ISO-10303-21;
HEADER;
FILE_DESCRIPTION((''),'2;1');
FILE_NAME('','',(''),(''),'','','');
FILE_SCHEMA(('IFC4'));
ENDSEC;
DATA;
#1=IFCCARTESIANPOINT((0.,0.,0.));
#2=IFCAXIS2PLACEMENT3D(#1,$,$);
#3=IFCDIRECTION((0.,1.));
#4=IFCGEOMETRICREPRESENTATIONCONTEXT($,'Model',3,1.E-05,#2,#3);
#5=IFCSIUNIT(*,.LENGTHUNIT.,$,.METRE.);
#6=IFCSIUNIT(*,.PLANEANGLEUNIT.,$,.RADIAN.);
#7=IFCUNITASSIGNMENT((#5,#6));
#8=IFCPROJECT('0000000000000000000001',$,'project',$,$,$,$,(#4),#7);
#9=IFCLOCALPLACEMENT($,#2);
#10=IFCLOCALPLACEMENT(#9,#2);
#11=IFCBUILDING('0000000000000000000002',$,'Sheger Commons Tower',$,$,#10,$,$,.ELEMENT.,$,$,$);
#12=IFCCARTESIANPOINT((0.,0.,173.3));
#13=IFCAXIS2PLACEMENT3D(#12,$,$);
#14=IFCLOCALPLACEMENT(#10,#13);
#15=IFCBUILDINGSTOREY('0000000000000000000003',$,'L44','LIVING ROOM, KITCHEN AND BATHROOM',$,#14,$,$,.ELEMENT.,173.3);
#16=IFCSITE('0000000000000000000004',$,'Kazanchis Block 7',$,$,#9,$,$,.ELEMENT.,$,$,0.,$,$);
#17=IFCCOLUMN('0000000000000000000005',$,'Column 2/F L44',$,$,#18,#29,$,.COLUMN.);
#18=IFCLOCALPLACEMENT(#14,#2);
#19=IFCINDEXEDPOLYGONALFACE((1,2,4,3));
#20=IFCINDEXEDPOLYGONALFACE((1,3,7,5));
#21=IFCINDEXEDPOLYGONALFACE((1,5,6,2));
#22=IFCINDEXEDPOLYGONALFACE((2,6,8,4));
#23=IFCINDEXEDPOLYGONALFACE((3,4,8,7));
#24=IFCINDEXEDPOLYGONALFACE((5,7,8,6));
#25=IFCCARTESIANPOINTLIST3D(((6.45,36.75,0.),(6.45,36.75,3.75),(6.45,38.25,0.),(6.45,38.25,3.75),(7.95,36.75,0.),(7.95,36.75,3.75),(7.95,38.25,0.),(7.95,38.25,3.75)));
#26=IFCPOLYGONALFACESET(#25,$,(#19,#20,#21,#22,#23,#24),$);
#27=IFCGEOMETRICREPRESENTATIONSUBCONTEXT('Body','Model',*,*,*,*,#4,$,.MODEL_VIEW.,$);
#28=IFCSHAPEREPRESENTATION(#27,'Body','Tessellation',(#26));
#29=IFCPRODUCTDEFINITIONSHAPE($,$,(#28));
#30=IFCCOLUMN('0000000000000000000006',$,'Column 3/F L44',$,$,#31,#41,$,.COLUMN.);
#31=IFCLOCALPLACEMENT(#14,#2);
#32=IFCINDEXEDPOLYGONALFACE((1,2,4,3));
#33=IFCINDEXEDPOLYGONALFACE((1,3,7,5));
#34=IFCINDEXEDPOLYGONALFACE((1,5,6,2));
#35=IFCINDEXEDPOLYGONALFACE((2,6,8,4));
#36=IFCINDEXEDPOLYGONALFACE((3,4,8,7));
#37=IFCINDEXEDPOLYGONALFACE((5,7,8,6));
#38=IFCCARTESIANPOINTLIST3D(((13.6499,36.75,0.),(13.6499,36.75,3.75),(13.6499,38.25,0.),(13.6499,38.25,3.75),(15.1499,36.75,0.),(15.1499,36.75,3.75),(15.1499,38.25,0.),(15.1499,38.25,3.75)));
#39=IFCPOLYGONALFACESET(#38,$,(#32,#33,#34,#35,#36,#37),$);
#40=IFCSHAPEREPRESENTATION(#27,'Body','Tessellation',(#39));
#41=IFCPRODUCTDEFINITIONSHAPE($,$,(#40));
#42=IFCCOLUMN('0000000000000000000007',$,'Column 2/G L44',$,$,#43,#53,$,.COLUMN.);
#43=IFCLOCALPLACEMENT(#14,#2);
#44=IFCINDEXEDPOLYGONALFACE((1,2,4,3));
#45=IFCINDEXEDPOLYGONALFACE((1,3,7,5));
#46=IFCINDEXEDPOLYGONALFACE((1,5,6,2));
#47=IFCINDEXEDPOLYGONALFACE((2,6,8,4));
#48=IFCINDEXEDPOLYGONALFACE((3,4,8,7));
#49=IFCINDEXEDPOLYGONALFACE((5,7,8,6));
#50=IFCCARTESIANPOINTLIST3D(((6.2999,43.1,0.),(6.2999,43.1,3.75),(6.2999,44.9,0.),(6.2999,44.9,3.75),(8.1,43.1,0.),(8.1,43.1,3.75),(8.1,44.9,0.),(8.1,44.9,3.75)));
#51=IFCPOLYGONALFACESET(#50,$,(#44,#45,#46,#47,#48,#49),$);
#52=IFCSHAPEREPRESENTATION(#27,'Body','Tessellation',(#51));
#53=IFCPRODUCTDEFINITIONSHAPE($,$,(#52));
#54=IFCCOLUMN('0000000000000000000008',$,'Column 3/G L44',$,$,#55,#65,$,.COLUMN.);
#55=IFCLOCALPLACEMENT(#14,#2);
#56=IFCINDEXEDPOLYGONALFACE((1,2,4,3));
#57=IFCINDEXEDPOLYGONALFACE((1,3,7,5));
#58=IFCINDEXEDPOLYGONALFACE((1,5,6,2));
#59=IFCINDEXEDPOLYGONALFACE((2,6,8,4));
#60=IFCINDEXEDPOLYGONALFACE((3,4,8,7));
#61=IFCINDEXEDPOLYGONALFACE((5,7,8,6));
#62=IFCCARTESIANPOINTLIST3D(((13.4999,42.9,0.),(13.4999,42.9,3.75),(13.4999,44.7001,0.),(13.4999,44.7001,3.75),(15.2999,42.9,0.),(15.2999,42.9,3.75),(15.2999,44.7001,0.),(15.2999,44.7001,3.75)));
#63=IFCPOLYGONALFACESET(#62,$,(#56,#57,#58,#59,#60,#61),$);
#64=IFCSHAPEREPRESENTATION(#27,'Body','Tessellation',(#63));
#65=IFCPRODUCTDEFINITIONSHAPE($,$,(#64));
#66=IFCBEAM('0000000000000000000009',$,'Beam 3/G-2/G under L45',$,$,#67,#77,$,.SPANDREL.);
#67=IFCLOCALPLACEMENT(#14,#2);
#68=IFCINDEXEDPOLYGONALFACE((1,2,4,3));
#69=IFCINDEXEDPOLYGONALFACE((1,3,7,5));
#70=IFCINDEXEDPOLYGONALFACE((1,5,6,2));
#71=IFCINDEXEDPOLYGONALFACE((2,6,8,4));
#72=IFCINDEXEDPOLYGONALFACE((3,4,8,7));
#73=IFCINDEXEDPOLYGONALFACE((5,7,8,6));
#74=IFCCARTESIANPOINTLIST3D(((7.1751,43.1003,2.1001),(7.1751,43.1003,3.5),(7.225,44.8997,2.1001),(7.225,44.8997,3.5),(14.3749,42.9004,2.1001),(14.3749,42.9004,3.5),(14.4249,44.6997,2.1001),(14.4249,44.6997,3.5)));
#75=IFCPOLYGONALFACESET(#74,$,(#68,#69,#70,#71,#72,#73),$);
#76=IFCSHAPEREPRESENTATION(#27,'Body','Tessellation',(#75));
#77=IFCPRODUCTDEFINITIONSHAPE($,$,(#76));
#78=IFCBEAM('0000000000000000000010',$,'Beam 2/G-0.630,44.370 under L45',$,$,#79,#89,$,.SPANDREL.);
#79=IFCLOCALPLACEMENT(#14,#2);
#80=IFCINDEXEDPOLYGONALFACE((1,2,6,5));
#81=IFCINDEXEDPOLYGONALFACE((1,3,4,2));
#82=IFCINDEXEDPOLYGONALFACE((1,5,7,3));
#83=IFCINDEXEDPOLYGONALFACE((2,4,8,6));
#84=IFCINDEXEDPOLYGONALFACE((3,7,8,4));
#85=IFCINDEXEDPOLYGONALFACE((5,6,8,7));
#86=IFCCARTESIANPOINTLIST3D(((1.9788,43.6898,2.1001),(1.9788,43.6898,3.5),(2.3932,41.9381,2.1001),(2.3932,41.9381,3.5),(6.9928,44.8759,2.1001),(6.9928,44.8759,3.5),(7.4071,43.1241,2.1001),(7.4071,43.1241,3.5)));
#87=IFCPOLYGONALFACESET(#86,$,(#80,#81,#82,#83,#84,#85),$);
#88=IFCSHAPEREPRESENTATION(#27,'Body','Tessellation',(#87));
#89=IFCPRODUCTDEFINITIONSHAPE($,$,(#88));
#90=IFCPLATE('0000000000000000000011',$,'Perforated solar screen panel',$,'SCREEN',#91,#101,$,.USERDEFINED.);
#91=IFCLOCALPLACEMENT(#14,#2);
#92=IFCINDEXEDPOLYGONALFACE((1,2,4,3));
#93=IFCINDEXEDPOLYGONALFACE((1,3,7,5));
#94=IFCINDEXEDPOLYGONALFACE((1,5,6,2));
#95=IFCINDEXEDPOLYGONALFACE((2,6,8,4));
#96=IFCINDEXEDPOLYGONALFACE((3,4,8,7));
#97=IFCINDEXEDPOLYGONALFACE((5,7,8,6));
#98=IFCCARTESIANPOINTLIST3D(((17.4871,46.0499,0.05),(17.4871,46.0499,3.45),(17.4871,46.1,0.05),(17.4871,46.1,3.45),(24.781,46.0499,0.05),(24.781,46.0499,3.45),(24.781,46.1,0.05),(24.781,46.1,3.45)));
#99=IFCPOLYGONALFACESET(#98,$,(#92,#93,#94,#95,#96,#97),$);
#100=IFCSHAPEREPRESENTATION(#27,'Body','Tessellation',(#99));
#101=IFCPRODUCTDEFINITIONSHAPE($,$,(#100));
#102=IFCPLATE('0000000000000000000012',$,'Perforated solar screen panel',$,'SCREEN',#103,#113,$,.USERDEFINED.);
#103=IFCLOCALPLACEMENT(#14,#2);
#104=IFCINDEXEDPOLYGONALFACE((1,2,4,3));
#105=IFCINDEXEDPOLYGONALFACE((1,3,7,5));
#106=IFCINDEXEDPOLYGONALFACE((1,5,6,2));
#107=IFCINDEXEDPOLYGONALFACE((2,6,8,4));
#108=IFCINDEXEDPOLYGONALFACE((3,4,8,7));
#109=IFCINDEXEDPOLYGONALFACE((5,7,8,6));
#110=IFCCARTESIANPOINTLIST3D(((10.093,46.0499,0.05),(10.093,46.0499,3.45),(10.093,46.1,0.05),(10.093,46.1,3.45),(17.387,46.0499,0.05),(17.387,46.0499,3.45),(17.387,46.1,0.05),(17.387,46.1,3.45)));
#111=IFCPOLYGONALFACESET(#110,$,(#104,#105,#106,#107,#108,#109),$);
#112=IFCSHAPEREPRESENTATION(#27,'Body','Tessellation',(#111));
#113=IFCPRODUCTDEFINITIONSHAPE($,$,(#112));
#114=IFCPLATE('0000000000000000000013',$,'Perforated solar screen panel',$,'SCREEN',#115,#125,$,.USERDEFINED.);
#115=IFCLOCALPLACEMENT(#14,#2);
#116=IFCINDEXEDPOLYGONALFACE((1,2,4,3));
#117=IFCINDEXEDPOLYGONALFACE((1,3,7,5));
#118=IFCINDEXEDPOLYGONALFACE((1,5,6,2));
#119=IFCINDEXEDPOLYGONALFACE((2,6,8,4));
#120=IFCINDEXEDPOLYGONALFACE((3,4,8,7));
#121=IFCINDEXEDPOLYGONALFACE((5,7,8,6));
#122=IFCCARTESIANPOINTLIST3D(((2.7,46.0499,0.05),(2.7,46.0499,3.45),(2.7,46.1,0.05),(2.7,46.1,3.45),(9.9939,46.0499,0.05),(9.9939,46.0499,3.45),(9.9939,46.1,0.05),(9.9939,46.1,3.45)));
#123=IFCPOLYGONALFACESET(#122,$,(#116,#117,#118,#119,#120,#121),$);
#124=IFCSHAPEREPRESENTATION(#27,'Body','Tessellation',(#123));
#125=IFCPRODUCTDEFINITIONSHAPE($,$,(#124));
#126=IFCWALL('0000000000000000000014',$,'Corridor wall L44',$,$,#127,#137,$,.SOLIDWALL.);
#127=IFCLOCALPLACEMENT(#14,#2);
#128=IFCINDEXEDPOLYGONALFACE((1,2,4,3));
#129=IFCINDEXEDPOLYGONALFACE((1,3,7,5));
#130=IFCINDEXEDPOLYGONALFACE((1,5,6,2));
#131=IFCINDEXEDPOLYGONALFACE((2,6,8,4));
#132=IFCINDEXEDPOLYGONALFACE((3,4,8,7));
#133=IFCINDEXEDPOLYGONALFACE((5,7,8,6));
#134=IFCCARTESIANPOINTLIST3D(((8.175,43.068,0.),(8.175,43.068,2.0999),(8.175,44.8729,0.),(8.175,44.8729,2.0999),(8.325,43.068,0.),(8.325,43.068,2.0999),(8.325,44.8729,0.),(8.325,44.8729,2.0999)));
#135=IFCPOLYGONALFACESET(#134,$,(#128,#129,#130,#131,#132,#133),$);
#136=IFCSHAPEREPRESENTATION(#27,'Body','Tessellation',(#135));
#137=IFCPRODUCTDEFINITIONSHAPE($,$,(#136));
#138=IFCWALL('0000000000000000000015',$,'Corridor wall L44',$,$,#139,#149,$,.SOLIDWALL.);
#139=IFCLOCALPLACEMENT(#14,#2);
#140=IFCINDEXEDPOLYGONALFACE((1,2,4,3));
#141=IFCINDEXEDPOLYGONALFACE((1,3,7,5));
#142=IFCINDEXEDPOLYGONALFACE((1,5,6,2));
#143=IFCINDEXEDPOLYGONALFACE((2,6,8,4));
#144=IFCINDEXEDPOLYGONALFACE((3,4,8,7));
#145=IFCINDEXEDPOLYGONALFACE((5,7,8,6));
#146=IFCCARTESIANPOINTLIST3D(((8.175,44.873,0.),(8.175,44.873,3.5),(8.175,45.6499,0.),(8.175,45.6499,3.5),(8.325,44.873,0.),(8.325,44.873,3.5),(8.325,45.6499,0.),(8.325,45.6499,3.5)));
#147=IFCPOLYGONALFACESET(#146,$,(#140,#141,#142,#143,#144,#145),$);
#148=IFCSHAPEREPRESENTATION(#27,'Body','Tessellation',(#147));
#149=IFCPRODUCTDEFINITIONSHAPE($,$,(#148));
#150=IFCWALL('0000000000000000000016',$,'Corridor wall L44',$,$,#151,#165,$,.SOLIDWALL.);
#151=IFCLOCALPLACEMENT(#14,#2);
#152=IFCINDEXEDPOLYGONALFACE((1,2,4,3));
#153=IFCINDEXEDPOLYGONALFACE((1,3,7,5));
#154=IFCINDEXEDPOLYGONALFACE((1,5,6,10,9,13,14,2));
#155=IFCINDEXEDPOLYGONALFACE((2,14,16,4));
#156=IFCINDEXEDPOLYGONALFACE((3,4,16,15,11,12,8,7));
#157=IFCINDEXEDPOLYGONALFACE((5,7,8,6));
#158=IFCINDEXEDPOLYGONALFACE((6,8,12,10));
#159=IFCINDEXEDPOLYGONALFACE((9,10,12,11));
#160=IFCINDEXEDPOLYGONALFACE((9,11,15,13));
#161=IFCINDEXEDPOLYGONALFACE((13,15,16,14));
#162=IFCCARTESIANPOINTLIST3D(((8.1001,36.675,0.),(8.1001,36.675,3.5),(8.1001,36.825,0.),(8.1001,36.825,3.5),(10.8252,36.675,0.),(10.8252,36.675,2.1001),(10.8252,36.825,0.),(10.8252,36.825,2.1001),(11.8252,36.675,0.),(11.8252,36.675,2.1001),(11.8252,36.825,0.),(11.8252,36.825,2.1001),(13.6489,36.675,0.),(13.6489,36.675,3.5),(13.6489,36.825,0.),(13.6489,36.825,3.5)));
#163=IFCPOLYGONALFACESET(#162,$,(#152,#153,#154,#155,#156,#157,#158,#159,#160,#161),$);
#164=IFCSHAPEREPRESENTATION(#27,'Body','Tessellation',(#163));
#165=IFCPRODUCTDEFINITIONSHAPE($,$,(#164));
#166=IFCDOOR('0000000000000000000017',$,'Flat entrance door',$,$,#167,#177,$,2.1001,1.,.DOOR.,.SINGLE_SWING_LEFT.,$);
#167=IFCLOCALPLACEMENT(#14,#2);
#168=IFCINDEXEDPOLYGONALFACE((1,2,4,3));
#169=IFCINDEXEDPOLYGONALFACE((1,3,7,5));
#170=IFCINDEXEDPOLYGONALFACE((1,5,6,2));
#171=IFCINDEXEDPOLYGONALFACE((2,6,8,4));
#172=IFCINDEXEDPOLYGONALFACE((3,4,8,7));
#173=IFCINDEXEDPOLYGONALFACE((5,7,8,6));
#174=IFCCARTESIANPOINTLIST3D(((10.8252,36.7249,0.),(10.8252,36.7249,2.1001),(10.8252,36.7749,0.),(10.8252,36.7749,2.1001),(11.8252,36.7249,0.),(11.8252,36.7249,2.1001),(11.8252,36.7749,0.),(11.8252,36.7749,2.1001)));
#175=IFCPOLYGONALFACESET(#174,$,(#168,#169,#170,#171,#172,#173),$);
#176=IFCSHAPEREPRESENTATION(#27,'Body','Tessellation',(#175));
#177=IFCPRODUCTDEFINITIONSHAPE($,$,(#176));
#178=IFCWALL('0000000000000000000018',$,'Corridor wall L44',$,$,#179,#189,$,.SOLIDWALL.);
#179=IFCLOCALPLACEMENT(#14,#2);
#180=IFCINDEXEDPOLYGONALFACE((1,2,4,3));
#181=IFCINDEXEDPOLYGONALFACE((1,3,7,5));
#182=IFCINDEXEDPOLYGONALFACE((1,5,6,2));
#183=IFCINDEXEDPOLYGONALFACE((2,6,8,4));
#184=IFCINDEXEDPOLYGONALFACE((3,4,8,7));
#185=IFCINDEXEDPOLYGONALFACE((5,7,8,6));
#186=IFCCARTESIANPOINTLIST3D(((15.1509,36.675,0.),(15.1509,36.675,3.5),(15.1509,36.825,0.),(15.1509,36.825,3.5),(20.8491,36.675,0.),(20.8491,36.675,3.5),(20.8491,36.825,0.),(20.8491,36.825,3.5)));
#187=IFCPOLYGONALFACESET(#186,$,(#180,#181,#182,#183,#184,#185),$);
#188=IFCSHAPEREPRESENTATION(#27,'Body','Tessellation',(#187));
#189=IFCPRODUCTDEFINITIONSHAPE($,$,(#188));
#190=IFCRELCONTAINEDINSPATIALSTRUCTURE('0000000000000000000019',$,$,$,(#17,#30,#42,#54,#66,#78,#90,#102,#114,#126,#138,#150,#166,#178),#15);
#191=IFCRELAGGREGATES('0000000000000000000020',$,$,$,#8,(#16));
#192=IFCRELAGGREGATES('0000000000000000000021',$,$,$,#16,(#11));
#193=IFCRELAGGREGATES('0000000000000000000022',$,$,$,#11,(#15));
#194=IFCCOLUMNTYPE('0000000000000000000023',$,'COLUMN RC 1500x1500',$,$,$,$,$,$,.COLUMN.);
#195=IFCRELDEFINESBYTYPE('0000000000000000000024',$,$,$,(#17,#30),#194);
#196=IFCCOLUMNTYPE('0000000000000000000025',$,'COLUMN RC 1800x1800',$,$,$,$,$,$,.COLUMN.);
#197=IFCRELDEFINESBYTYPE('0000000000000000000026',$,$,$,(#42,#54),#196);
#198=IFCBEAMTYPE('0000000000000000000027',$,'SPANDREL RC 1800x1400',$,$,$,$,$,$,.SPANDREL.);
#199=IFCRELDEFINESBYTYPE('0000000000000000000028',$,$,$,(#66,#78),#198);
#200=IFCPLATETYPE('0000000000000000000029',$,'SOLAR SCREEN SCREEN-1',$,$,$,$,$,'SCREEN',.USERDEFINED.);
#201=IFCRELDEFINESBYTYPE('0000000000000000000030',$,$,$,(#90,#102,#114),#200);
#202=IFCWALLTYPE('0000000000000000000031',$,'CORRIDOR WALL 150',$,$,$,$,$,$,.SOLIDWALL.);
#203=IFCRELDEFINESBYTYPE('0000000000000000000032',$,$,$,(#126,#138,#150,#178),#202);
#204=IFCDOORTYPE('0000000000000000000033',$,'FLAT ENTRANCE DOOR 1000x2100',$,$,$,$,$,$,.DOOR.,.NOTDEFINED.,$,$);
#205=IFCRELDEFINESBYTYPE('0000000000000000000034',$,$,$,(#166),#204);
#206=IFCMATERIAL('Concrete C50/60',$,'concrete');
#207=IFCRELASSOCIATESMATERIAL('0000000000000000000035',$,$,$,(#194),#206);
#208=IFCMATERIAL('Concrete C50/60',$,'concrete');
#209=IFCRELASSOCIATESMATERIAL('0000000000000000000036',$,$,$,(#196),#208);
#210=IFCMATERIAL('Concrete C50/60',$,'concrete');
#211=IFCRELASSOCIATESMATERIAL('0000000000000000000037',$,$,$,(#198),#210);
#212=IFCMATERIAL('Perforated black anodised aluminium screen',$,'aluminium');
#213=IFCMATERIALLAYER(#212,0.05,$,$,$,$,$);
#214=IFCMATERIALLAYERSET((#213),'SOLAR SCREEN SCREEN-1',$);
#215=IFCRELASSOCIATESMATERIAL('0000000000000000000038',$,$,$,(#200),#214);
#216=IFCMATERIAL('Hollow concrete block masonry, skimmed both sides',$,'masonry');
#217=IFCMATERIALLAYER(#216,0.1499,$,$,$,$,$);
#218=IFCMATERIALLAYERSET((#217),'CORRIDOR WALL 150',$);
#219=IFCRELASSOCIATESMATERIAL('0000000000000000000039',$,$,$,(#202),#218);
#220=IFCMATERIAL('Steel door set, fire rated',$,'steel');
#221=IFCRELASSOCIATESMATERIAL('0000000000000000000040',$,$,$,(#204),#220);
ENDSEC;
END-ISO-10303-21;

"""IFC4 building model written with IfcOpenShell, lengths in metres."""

from ifc_helpers import new_model, si_unit, direction, frame, frame_2d, origin, origin_2d, place, context, subcontext, project, spatial, rectangle, extrude, material, layer, layer_set, material_profile, profile_set, type_object, element, fill, save


model = new_model("IFC4")

# Units and contexts
model_context = context("Model", 3, precision=1e-05, world=origin(), true_north=direction((0.0, 1.0)))
body_context = subcontext(model_context, "Body", "Model", "MODEL_VIEW")
ifc_project = project(units=[si_unit("LENGTHUNIT", "METRE"), si_unit("PLANEANGLEUNIT", "RADIAN")], contexts=[model_context])

# Site, building, storey
site_placement = place(None, origin())
site = spatial("IfcSite", under=ifc_project, at=site_placement, Name="Kazanchis Block 7", CompositionType="ELEMENT", RefElevation=0.0)
building_placement = place(site_placement, origin())
building = spatial("IfcBuilding", under=site, at=building_placement, Name="Sheger Commons Tower", CompositionType="ELEMENT")
storey_placement = place(building_placement, frame((0.0, 0.0, 173.3)))
storey = spatial("IfcBuildingStorey", under=building, at=storey_placement, Name="L44", Description="LIVING ROOM, KITCHEN AND BATHROOM", CompositionType="ELEMENT", Elevation=173.3)

# Columns
ifc_material_1 = material(Name="Concrete C50/60", Category="concrete")
ifc_material_profile_1 = material_profile(ifc_material_1, rectangle(XDim=1.5, YDim=1.5, at=origin_2d()), Name="RC 1500x1500")
ifc_profile_set_1 = profile_set([ifc_material_profile_1], Name="Concrete C50/60")
column_type_1 = type_object("IfcColumnType", Name="COLUMN RC 1500x1500", PredefinedType="COLUMN", material=ifc_profile_set_1)
for number, where, z_axis, x_axis, name in (
    (1, (7.2, 37.5, 0.0), (0.0, 0.0, 1.0), (1.0, 0.0, 0.0), "Column 2/F L44"),
    (2, (14.3999, 37.5, 0.0), (0.0, 0.0, 1.0), (1.0, 0.0, 0.0), "Column 3/F L44"),
):
    element("IfcColumn", number, at=place(storey_placement, frame(where, z_axis=z_axis, x_axis=x_axis)), inside=storey, type_object=column_type_1, Name=name, PredefinedType="COLUMN", context=body_context, shape_type="SweptSolid", body=[
        extrude(rectangle(XDim=1.5, YDim=1.5, at=origin_2d()), origin(), (0.0, 0.0, 1.0), 3.75),
    ])
ifc_material_2 = material(Name="Concrete C50/60", Category="concrete")
ifc_material_profile_2 = material_profile(ifc_material_2, rectangle(XDim=1.8, YDim=1.8, at=origin_2d()), Name="RC 1800x1800")
ifc_profile_set_2 = profile_set([ifc_material_profile_2], Name="Concrete C50/60")
column_type_2 = type_object("IfcColumnType", Name="COLUMN RC 1800x1800", PredefinedType="COLUMN", material=ifc_profile_set_2)
for number, where, z_axis, x_axis, name in (
    (3, (7.2, 44.0, 0.0), (0.0, 0.0, 1.0), (1.0, 0.0, 0.0), "Column 2/G L44"),
    (4, (14.3999, 43.8, 0.0), (0.0, 0.0, 1.0), (1.0, 0.0, 0.0), "Column 3/G L44"),
):
    element("IfcColumn", number, at=place(storey_placement, frame(where, z_axis=z_axis, x_axis=x_axis)), inside=storey, type_object=column_type_2, Name=name, PredefinedType="COLUMN", context=body_context, shape_type="SweptSolid", body=[
        extrude(rectangle(XDim=1.8, YDim=1.8, at=origin_2d()), origin(), (0.0, 0.0, 1.0), 3.75),
    ])

# Beams
ifc_material_3 = material(Name="Concrete C50/60", Category="concrete")
ifc_material_profile_3 = material_profile(ifc_material_3, rectangle(XDim=1.8, YDim=1.3999, at=origin_2d()), Name="RC 1800x1400")
ifc_profile_set_3 = profile_set([ifc_material_profile_3], Name="Concrete C50/60")
beam_type = type_object("IfcBeamType", Name="SPANDREL RC 1800x1400", PredefinedType="SPANDREL", material=ifc_profile_set_3)
beam_1_placement = place(storey_placement, frame((14.3999, 43.8, 2.8), z_axis=(-0.999615, 0.02776, 0.0), x_axis=(-0.02776, -0.999615, 0.0)))
element("IfcBeam", 5, at=beam_1_placement, inside=storey, type_object=beam_type, Name="Beam 3/G-2/G under L45", PredefinedType="SPANDREL", context=body_context, shape_type="SweptSolid", body=[
    extrude(rectangle(XDim=1.8, YDim=1.3999, at=origin_2d()), origin(), (0.0, 0.0, 1.0), 7.2026),
])
beam_2_placement = place(storey_placement, frame((7.2, 44.0, 2.8), z_axis=(-0.973144, -0.230196, 0.0), x_axis=(0.230196, -0.973144, 0.0)))
element("IfcBeam", 6, at=beam_2_placement, inside=storey, type_object=beam_type, Name="Beam 2/G-0.630,44.370 under L45", PredefinedType="SPANDREL", context=body_context, shape_type="SweptSolid", body=[
    extrude(rectangle(XDim=1.8, YDim=1.3999, at=origin_2d()), origin(), (0.0, 0.0, 1.0), 5.1523),
])

# Plates
ifc_material_4 = material(Name="Perforated black anodised aluminium screen", Category="aluminium")
ifc_layer_1 = layer(ifc_material_4, 0.05)
ifc_layer_set_1 = layer_set([ifc_layer_1], Name="SOLAR SCREEN SCREEN-1")
plate_type = type_object("IfcPlateType", Name="SOLAR SCREEN SCREEN-1", ElementType="SCREEN", PredefinedType="USERDEFINED", material=ifc_layer_set_1)
for number, where, z_axis, x_axis, name in (
    (7, (21.134, 46.075, 0.05), (0.0, 0.0, 1.0), (-1.0, 0.0, 0.0), "Perforated solar screen panel"),
    (8, (13.74, 46.075, 0.05), (0.0, 0.0, 1.0), (-1.0, 0.0, 0.0), "Perforated solar screen panel"),
    (9, (6.3469, 46.075, 0.05), (0.0, 0.0, 1.0), (-1.0, 0.0, 0.0), "Perforated solar screen panel"),
):
    element("IfcPlate", number, at=place(storey_placement, frame(where, z_axis=z_axis, x_axis=x_axis)), inside=storey, type_object=plate_type, Name=name, ObjectType="SCREEN", PredefinedType="USERDEFINED", context=body_context, shape_type="SweptSolid", body=[
        extrude(rectangle(XDim=7.2939, YDim=0.05, at=origin_2d()), origin(), (0.0, 0.0, 1.0), 3.3999),
    ])

# Walls
ifc_material_5 = material(Name="Hollow concrete block masonry, skimmed both sides", Category="masonry")
ifc_layer_2 = layer(ifc_material_5, 0.1499)
ifc_layer_set_2 = layer_set([ifc_layer_2], Name="CORRIDOR WALL 150")
wall_type_1 = type_object("IfcWallType", Name="CORRIDOR WALL 150", PredefinedType="SOLIDWALL", material=ifc_layer_set_2)
wall_1_placement = place(storey_placement, frame((8.25, 43.0681, 0.0), z_axis=(0.0, 0.0, 1.0), x_axis=(0.0, 1.0, 0.0)))
element("IfcWall", 10, at=wall_1_placement, inside=storey, type_object=wall_type_1, Name="Corridor wall L44", PredefinedType="SOLIDWALL", context=body_context, shape_type="SweptSolid", body=[
    extrude(rectangle(XDim=1.8049, YDim=0.1499, at=frame_2d((0.9023, 0.0))), origin(), (0.0, 0.0, 1.0), 2.0999),
])
wall_2_placement = place(storey_placement, frame((8.25, 44.873, 0.0), z_axis=(0.0, 0.0, 1.0), x_axis=(0.0, 1.0, 0.0)))
element("IfcWall", 11, at=wall_2_placement, inside=storey, type_object=wall_type_1, Name="Corridor wall L44", PredefinedType="SOLIDWALL", context=body_context, shape_type="SweptSolid", body=[
    extrude(rectangle(XDim=0.7769, YDim=0.1499, at=frame_2d((0.3884, 0.0))), origin(), (0.0, 0.0, 1.0), 3.5),
])

# Wall, opening, door
wall_3_placement = place(storey_placement, frame((8.1001, 36.75, 0.0), z_axis=(0.0, 0.0, 1.0), x_axis=(1.0, 0.0, 0.0)))
wall_3 = element("IfcWall", 12, at=wall_3_placement, inside=storey, type_object=wall_type_1, Name="Corridor wall L44", PredefinedType="SOLIDWALL", context=body_context, shape_type="SweptSolid", body=[
    extrude(rectangle(XDim=5.5488, YDim=0.1499, at=frame_2d((2.7744, 0.0))), origin(), (0.0, 0.0, 1.0), 3.5),
])
opening_1_placement = place(wall_3_placement, frame((2.7251, 0.0, 0.0)))
opening_1 = element("IfcOpeningElement", 13, at=opening_1_placement, cuts=wall_3, PredefinedType="OPENING", context=body_context, shape_type="SweptSolid", body=[
    extrude(rectangle(XDim=1.0, YDim=2.1001, at=frame_2d((0.5, 1.05))), frame((0.0, 0.085, 0.0), z_axis=(0.0, -1.0, 0.0), x_axis=(1.0, 0.0, 0.0)), (0.0, 0.0, 1.0), 0.1699),
])
ifc_material_6 = material(Name="Steel door set, fire rated", Category="steel")
door_type_1 = type_object("IfcDoorType", Name="FLAT ENTRANCE DOOR 1000x2100", OperationType="NOTDEFINED", PredefinedType="DOOR", material=ifc_material_6)
door_1_placement = place(opening_1_placement, origin())
door_1 = element("IfcDoor", 14, at=door_1_placement, inside=storey, type_object=door_type_1, Name="Flat entrance door", OperationType="SINGLE_SWING_LEFT", OverallHeight=2.1001, OverallWidth=1.0, PredefinedType="DOOR", context=body_context, shape_type="SweptSolid", body=[
    extrude(rectangle(XDim=1.0, YDim=2.1001, at=frame_2d((0.5, 1.05))), frame((0.0, 0.0249, 0.0), z_axis=(0.0, -1.0, 0.0), x_axis=(1.0, 0.0, 0.0)), (0.0, 0.0, 1.0), 0.05),
])
fill(opening_1, door_1)

# Wall
wall_4_placement = place(storey_placement, frame((15.1509, 36.75, 0.0), z_axis=(0.0, 0.0, 1.0), x_axis=(1.0, 0.0, 0.0)))
element("IfcWall", 15, at=wall_4_placement, inside=storey, type_object=wall_type_1, Name="Corridor wall L44", PredefinedType="SOLIDWALL", context=body_context, shape_type="SweptSolid", body=[
    extrude(rectangle(XDim=5.6982, YDim=0.1499, at=frame_2d((2.8491, 0.0))), origin(), (0.0, 0.0, 1.0), 3.5),
])

save(model, "model.ifc")
